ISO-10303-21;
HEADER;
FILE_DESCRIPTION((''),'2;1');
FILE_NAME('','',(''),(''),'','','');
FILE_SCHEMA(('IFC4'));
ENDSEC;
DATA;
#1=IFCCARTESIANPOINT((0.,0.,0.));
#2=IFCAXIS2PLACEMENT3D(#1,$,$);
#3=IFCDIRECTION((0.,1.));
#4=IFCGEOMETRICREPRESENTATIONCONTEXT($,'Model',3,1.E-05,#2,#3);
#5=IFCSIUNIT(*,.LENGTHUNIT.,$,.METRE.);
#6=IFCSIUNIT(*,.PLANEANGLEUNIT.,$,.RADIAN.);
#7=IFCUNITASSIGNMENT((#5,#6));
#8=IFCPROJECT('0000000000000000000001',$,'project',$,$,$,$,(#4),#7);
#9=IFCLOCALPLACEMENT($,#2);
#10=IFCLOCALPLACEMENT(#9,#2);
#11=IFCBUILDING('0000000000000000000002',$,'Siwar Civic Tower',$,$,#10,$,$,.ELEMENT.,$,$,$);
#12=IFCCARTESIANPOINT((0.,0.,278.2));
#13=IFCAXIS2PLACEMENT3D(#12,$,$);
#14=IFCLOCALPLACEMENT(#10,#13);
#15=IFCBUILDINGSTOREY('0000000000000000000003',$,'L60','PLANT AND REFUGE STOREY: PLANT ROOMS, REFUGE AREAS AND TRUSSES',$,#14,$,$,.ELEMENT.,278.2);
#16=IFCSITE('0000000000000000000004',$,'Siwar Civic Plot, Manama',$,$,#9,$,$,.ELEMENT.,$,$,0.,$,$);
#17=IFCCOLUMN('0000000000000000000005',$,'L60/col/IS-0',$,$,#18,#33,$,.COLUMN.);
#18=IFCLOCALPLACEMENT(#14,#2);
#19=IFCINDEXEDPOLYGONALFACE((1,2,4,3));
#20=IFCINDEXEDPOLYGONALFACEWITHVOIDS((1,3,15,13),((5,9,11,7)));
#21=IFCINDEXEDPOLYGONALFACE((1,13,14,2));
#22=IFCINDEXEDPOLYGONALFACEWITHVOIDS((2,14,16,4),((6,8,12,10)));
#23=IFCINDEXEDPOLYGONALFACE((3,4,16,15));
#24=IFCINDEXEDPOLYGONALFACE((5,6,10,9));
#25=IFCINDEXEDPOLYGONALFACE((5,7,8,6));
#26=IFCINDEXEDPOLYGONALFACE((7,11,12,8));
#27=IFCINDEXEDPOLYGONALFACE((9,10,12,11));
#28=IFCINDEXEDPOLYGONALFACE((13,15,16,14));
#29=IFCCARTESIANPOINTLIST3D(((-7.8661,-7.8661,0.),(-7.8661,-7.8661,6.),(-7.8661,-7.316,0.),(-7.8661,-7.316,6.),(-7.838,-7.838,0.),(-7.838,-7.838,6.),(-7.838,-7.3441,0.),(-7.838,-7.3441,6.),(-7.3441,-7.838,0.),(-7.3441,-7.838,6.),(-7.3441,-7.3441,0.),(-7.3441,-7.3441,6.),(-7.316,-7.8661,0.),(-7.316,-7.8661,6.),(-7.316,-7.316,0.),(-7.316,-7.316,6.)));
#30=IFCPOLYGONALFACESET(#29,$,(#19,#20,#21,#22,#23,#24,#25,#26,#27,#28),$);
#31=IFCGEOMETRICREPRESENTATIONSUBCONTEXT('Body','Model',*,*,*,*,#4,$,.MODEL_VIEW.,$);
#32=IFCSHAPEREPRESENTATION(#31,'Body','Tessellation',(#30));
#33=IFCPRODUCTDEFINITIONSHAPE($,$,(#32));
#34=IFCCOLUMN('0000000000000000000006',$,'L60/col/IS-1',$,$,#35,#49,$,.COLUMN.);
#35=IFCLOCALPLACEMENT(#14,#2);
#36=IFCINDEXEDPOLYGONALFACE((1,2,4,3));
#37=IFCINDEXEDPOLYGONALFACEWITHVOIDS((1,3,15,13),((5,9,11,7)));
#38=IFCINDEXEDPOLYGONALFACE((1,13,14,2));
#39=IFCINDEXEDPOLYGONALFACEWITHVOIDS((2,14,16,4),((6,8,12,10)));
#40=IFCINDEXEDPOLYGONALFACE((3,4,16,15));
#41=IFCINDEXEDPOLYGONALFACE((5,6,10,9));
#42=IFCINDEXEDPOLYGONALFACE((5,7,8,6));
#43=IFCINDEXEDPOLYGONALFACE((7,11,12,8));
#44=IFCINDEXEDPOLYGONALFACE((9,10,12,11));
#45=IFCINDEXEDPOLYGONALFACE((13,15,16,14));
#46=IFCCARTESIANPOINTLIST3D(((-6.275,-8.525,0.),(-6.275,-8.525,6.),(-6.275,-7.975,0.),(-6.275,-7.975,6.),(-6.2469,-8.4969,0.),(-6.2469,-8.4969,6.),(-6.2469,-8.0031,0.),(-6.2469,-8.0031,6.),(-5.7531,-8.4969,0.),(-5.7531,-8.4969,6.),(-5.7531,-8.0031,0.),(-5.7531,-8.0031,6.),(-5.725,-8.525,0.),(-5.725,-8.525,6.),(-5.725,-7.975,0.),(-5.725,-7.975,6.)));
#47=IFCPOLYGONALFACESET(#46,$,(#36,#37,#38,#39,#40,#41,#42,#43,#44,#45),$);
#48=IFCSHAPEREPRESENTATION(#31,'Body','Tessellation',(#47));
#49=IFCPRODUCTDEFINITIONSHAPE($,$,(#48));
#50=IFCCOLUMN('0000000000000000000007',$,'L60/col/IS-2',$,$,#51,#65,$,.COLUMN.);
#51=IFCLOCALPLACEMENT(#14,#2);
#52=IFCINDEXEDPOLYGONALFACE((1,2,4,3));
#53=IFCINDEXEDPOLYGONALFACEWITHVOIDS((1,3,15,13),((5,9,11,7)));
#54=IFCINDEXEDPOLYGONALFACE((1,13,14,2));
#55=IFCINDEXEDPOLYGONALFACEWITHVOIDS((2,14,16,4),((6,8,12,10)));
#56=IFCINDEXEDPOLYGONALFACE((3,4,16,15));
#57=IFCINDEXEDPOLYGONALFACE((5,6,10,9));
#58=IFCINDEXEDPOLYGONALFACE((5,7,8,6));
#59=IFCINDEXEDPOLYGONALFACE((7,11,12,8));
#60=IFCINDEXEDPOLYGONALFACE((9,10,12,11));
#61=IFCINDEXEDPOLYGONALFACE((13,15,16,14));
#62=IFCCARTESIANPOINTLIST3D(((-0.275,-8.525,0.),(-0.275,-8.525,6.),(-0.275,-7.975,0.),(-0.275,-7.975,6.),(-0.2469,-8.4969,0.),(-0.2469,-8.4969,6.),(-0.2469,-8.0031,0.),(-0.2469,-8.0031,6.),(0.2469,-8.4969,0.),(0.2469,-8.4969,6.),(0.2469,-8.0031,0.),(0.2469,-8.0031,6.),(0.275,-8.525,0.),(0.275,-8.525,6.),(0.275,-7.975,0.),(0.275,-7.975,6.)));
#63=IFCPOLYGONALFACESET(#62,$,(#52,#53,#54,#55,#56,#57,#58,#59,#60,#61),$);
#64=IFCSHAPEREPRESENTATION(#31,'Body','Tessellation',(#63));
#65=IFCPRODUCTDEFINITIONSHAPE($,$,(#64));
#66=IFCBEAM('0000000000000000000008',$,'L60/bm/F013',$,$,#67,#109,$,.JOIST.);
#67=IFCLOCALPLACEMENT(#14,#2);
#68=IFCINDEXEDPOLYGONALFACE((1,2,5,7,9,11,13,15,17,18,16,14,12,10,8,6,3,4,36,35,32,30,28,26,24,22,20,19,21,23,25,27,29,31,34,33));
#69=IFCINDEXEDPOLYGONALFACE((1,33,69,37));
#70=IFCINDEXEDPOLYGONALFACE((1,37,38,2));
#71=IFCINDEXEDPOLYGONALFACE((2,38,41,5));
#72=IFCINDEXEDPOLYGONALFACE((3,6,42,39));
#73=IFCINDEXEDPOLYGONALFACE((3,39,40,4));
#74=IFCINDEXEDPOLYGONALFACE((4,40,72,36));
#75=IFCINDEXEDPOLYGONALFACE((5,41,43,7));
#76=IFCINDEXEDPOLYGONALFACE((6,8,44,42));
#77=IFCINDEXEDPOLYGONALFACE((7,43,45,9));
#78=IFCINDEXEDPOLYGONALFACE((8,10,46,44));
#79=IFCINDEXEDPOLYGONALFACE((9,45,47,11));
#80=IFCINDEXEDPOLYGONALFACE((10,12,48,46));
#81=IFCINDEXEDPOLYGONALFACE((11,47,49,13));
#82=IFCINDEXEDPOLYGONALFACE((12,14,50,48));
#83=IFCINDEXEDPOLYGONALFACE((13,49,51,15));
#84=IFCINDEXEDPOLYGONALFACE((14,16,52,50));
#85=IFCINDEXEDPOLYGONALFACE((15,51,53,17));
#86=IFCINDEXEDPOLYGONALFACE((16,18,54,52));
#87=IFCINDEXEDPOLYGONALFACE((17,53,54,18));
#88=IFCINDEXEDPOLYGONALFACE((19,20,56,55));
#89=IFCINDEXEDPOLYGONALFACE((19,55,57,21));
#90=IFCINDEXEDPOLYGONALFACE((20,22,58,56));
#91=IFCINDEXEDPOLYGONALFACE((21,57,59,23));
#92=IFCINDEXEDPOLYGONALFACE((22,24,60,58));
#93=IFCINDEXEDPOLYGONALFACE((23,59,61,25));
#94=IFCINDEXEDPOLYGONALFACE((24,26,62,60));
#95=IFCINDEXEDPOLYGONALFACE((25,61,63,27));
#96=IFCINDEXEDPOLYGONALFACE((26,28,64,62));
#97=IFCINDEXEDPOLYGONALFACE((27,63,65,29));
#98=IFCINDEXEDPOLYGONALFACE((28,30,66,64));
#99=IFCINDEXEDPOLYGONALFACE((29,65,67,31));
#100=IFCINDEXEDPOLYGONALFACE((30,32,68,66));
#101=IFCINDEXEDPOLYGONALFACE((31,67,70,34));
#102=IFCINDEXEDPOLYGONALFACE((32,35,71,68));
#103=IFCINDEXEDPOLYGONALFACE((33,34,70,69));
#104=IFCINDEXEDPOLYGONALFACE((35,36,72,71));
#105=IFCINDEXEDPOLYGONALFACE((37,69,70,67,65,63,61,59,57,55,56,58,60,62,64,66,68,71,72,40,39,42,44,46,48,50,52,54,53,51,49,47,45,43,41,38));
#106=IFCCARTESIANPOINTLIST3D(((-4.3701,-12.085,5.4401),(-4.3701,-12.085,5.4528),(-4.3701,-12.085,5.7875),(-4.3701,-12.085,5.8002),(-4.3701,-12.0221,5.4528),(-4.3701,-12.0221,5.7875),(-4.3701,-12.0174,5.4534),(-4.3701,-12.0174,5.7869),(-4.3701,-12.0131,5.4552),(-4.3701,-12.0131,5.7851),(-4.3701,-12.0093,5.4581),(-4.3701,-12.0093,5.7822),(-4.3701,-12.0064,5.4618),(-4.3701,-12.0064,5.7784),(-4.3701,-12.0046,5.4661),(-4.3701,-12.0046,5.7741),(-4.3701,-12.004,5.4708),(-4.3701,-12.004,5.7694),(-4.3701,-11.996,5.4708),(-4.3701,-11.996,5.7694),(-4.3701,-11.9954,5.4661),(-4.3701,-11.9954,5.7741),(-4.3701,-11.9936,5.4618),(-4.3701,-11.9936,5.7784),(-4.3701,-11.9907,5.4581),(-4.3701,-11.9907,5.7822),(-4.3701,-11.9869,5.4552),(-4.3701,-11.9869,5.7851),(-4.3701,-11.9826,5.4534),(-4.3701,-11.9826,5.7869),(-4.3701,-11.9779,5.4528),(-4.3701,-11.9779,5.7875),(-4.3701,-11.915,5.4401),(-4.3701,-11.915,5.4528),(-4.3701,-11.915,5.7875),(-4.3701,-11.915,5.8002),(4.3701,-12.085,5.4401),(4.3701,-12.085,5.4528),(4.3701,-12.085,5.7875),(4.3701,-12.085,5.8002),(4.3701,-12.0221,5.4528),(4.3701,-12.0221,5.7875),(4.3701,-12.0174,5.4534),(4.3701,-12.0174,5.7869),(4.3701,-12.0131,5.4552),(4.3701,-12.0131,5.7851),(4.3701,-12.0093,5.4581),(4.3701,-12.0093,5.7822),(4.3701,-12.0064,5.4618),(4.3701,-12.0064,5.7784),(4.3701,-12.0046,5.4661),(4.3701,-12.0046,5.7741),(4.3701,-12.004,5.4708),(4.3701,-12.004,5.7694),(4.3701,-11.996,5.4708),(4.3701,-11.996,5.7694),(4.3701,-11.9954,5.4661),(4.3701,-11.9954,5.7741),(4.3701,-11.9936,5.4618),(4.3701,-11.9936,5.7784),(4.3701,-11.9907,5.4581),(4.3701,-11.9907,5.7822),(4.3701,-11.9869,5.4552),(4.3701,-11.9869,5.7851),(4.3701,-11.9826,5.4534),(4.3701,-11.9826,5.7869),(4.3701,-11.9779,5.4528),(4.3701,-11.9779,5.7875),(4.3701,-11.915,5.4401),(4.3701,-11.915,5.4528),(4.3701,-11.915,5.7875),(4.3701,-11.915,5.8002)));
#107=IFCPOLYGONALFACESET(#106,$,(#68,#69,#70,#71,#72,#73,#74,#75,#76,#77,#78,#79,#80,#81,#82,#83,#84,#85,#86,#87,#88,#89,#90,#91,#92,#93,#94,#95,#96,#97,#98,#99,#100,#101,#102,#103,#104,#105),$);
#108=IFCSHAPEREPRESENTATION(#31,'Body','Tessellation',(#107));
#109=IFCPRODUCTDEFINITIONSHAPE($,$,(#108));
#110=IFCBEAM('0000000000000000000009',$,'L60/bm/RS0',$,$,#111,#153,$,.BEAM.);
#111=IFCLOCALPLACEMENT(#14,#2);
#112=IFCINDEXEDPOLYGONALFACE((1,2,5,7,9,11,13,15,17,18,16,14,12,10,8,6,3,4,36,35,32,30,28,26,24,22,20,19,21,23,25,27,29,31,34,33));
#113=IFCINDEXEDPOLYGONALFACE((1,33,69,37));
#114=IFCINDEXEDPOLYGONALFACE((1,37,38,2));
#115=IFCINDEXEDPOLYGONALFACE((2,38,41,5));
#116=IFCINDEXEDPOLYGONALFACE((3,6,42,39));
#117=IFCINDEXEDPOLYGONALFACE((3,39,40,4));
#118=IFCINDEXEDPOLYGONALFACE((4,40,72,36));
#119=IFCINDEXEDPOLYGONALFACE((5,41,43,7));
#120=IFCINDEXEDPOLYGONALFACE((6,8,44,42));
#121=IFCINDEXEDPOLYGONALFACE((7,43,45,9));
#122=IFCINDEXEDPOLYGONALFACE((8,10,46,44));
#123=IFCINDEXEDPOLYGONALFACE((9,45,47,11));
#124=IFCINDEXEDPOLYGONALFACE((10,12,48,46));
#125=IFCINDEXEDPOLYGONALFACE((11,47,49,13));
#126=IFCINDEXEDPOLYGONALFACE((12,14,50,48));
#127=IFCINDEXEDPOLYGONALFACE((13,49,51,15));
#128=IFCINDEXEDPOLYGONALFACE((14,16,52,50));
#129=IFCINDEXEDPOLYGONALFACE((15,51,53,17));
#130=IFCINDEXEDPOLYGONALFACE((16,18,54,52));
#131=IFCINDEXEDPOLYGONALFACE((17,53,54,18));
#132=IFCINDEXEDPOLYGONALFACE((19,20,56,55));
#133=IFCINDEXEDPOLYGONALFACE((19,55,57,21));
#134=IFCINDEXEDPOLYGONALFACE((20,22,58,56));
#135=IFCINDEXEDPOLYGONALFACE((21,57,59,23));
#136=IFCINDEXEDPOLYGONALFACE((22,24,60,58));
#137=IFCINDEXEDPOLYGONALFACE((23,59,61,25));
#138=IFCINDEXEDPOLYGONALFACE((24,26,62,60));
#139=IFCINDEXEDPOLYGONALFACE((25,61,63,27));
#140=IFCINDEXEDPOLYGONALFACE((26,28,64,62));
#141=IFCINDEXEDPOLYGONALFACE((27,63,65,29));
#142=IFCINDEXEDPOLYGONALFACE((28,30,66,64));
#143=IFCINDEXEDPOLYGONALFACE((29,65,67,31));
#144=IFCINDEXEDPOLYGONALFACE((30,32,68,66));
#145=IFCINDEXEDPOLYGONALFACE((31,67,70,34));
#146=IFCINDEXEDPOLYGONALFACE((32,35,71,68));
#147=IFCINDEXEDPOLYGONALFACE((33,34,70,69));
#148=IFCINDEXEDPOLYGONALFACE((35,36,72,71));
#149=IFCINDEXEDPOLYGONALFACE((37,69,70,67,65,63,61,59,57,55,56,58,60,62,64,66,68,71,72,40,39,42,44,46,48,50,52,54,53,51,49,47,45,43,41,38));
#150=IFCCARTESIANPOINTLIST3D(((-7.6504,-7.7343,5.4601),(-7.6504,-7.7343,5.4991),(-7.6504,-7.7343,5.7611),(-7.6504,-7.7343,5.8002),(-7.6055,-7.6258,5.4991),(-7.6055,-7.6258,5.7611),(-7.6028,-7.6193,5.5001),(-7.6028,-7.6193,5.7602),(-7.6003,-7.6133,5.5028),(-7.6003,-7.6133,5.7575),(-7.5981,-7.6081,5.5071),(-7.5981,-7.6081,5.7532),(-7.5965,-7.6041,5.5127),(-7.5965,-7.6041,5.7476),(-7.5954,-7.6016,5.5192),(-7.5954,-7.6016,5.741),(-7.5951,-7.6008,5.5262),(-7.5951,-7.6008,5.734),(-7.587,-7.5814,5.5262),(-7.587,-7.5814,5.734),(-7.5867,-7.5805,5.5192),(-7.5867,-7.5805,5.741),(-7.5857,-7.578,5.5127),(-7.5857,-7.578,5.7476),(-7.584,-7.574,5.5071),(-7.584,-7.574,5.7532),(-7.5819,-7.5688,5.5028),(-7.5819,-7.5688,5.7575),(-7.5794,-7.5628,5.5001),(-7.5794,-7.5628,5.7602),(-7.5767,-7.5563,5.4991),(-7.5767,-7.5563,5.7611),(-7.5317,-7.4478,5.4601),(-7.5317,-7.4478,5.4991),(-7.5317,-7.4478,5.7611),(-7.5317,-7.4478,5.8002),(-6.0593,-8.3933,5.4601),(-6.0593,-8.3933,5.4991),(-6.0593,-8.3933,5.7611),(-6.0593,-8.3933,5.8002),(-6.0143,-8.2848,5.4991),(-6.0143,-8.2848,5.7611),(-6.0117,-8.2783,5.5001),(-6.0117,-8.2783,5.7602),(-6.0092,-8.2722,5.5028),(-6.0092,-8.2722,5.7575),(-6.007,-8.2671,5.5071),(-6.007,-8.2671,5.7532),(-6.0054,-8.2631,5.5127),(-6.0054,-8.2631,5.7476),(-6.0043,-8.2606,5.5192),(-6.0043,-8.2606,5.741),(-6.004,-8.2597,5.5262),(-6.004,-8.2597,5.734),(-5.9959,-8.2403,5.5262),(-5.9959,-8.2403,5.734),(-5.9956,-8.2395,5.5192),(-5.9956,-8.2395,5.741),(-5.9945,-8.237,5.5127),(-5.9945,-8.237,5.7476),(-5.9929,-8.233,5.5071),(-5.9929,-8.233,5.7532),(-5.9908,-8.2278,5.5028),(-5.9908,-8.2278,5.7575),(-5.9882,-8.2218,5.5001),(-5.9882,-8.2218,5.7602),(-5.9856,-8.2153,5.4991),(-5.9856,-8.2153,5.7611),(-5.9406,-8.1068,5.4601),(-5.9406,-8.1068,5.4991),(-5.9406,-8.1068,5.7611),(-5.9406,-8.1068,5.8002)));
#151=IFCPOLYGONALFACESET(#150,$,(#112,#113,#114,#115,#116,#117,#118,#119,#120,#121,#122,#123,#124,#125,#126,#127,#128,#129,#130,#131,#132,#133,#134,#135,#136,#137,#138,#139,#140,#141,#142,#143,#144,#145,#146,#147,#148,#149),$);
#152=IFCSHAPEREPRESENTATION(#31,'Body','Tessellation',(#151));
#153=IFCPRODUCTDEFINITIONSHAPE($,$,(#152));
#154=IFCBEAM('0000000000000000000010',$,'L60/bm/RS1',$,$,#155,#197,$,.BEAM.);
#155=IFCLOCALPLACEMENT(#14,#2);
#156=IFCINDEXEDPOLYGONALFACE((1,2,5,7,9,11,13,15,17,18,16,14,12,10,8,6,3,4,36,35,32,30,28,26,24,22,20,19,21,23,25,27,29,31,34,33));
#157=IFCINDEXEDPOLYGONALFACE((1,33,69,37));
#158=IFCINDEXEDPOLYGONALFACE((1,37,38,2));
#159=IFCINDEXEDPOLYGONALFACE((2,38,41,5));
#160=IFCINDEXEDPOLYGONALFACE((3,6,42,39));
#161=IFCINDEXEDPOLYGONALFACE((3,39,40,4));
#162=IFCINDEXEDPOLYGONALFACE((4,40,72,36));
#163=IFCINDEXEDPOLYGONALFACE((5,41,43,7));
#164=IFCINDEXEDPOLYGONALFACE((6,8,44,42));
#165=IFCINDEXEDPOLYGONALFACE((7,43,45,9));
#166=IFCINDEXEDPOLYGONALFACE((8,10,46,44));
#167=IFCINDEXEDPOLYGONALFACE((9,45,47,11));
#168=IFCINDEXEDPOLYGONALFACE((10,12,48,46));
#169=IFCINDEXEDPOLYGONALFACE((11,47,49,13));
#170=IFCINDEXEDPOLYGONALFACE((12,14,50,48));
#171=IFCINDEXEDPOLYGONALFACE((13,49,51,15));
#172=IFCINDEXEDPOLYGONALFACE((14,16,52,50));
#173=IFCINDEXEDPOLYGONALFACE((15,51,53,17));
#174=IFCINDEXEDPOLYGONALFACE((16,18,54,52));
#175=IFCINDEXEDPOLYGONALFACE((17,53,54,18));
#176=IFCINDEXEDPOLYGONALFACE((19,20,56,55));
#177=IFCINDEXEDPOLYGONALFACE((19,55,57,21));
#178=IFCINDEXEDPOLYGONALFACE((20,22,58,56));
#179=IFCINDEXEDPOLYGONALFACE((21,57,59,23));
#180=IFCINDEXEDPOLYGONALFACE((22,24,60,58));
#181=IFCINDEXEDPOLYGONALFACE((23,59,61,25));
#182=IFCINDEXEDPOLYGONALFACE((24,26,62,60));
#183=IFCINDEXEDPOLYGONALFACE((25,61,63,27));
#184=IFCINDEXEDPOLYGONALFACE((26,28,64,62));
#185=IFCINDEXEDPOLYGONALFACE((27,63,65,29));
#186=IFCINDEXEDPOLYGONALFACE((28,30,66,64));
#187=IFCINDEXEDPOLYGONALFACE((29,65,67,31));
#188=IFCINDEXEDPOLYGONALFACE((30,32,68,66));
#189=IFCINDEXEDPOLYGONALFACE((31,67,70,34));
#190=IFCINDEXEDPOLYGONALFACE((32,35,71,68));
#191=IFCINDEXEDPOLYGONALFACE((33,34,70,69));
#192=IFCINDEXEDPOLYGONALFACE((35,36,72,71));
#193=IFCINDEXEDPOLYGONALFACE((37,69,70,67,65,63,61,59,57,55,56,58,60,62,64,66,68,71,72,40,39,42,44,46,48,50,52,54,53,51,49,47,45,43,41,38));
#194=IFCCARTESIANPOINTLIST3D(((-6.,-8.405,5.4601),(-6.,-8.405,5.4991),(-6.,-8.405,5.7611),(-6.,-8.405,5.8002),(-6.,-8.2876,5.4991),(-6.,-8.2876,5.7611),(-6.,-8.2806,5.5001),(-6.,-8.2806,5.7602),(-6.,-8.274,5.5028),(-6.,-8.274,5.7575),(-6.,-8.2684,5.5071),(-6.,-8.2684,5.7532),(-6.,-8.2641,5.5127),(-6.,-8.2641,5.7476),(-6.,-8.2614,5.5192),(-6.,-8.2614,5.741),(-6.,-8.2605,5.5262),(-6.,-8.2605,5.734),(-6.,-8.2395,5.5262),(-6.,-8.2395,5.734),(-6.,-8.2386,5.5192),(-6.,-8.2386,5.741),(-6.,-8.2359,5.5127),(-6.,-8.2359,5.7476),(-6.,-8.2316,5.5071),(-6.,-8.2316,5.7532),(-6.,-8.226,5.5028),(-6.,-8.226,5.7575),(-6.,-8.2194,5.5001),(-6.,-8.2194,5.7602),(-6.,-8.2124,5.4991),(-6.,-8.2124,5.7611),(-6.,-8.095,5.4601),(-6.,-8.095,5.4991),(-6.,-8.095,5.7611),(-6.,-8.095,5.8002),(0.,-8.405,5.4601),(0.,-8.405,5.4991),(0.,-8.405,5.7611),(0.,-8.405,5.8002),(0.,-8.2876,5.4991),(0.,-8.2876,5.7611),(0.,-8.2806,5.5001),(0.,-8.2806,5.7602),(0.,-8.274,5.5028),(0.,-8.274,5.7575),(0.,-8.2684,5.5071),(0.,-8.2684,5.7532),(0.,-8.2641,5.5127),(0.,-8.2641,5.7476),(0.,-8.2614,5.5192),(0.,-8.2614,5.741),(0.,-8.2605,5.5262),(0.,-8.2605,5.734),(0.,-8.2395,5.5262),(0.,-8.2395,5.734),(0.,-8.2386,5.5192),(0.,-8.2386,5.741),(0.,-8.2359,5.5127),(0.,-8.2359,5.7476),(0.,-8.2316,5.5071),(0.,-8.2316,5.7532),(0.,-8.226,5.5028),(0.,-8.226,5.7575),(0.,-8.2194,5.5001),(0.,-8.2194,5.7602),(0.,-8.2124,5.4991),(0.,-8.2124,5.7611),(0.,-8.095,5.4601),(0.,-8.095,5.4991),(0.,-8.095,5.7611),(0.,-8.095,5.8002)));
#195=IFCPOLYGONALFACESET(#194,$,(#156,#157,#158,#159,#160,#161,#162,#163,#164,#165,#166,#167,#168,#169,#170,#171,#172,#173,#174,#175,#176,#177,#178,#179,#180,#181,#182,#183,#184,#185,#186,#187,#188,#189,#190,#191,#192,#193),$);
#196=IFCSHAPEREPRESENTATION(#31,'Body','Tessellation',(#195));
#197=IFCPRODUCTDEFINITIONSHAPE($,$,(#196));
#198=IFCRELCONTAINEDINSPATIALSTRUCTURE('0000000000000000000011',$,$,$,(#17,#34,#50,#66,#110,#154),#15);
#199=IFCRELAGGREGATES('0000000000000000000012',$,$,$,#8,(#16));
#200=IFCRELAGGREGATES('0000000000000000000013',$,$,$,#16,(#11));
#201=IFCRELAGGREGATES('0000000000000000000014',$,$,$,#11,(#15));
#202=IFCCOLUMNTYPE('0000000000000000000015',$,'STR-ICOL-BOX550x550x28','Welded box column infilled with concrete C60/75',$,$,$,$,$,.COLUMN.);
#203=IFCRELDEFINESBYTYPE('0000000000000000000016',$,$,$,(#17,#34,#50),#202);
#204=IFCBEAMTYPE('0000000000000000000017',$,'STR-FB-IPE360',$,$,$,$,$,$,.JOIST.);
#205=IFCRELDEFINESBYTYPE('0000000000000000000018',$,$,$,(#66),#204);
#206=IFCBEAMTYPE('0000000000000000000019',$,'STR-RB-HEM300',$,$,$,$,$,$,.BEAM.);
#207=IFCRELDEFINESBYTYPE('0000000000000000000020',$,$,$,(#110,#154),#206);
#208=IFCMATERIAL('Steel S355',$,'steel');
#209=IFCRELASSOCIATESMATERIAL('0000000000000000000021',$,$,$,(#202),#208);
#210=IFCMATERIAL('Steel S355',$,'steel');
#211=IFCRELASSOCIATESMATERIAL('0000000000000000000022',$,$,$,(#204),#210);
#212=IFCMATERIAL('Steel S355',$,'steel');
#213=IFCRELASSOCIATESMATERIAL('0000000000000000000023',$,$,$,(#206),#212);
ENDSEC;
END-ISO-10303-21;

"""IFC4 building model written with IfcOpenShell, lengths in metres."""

from ifc_helpers import new_model, si_unit, direction, frame, origin, origin_2d, place, context, subcontext, project, spatial, hollow_rectangle, i_section, extrude, material, material_profile, profile_set, type_object, element, save


model = new_model("IFC4")

# Units and contexts
model_context = context("Model", 3, precision=1e-05, world=origin(), true_north=direction((0.0, 1.0)))
body_context = subcontext(model_context, "Body", "Model", "MODEL_VIEW")
ifc_project = project(units=[si_unit("LENGTHUNIT", "METRE"), si_unit("PLANEANGLEUNIT", "RADIAN")], contexts=[model_context])

# Site, building, storey
site_placement = place(None, origin())
site = spatial("IfcSite", under=ifc_project, at=site_placement, Name="Siwar Civic Plot, Manama", CompositionType="ELEMENT", RefElevation=0.0)
building_placement = place(site_placement, origin())
building = spatial("IfcBuilding", under=site, at=building_placement, Name="Siwar Civic Tower", CompositionType="ELEMENT")
storey_placement = place(building_placement, frame((0.0, 0.0, 278.2)))
storey = spatial("IfcBuildingStorey", under=building, at=storey_placement, Name="L60", Description="PLANT AND REFUGE STOREY: PLANT ROOMS, REFUGE AREAS AND TRUSSES", CompositionType="ELEMENT", Elevation=278.2)

# Columns
ifc_material_1 = material(Name="Steel S355", Category="steel")
ifc_material_profile_1 = material_profile(ifc_material_1, hollow_rectangle(XDim=0.55, YDim=0.55, WallThickness=0.0281, at=origin_2d()), Name="BOX550x550x28")
ifc_profile_set_1 = profile_set([ifc_material_profile_1], Name="Steel S355")
column_type = type_object("IfcColumnType", Name="STR-ICOL-BOX550x550x28", Description="Welded box column infilled with concrete C60/75", PredefinedType="COLUMN", material=ifc_profile_set_1)
for number, where, z_axis, x_axis, name in (
    (1, (-7.5911, -7.5911, 0.0), (0.0, 0.0, 1.0), (1.0, 0.0, 0.0), "L60/col/IS-0"),
    (2, (-6.0, -8.25, 0.0), (0.0, 0.0, 1.0), (1.0, 0.0, 0.0), "L60/col/IS-1"),
    (3, (0.0, -8.25, 0.0), (0.0, 0.0, 1.0), (1.0, 0.0, 0.0), "L60/col/IS-2"),
):
    element("IfcColumn", number, at=place(storey_placement, frame(where, z_axis=z_axis, x_axis=x_axis)), inside=storey, type_object=column_type, Name=name, PredefinedType="COLUMN", context=body_context, shape_type="SweptSolid", body=[
        extrude(hollow_rectangle(XDim=0.55, YDim=0.55, WallThickness=0.0281, at=origin_2d()), origin(), (0.0, 0.0, 1.0), 6.0),
    ])

# Beams
ifc_material_2 = material(Name="Steel S355", Category="steel")
ifc_material_profile_2 = material_profile(ifc_material_2, i_section(OverallWidth=0.1699, OverallDepth=0.3601, WebThickness=0.0081, FlangeThickness=0.0127, FilletRadius=0.0181, at=origin_2d()), Name="IPE360")
ifc_profile_set_2 = profile_set([ifc_material_profile_2], Name="Steel S355")
beam_type_1 = type_object("IfcBeamType", Name="STR-FB-IPE360", PredefinedType="JOIST", material=ifc_profile_set_2)
beam_1_placement = place(storey_placement, frame((-4.3701, -12.0, 5.6201), z_axis=(1.0, 0.0, 0.0), x_axis=(0.0, 1.0, 0.0)))
element("IfcBeam", 4, at=beam_1_placement, inside=storey, type_object=beam_type_1, Name="L60/bm/F013", PredefinedType="JOIST", context=body_context, shape_type="SweptSolid", body=[
    extrude(i_section(OverallWidth=0.1699, OverallDepth=0.3601, WebThickness=0.0081, FlangeThickness=0.0127, FilletRadius=0.0181, at=origin_2d()), origin(), (0.0, 0.0, 1.0), 8.7402),
])
ifc_material_3 = material(Name="Steel S355", Category="steel")
ifc_material_profile_3 = material_profile(ifc_material_3, i_section(OverallWidth=0.3101, OverallDepth=0.3401, WebThickness=0.021, FlangeThickness=0.0391, FilletRadius=0.0271, at=origin_2d()), Name="HEM300")
ifc_profile_set_3 = profile_set([ifc_material_profile_3], Name="Steel S355")
beam_type_2 = type_object("IfcBeamType", Name="STR-RB-HEM300", PredefinedType="BEAM", material=ifc_profile_set_3)
beam_2_placement = place(storey_placement, frame((-7.5911, -7.5911, 5.6301), z_axis=(0.923901, -0.382631, 0.0), x_axis=(0.382631, 0.923901, 0.0)))
element("IfcBeam", 5, at=beam_2_placement, inside=storey, type_object=beam_type_2, Name="L60/bm/RS0", PredefinedType="BEAM", context=body_context, shape_type="SweptSolid", body=[
    extrude(i_section(OverallWidth=0.3101, OverallDepth=0.3401, WebThickness=0.021, FlangeThickness=0.0391, FilletRadius=0.0271, at=origin_2d()), origin(), (0.0, 0.0, 1.0), 1.7222),
])
for number, where, z_axis, x_axis, name in (
    (6, (-6.0, -8.25, 5.6301), (1.0, 0.0, 0.0), (0.0, 1.0, 0.0), "L60/bm/RS1"),
):
    element("IfcBeam", number, at=place(storey_placement, frame(where, z_axis=z_axis, x_axis=x_axis)), inside=storey, type_object=beam_type_2, Name=name, PredefinedType="BEAM", context=body_context, shape_type="SweptSolid", body=[
        extrude(i_section(OverallWidth=0.3101, OverallDepth=0.3401, WebThickness=0.021, FlangeThickness=0.0391, FilletRadius=0.0271, at=origin_2d()), origin(), (0.0, 0.0, 1.0), 6.0),
    ])

save(model, "model.ifc")
